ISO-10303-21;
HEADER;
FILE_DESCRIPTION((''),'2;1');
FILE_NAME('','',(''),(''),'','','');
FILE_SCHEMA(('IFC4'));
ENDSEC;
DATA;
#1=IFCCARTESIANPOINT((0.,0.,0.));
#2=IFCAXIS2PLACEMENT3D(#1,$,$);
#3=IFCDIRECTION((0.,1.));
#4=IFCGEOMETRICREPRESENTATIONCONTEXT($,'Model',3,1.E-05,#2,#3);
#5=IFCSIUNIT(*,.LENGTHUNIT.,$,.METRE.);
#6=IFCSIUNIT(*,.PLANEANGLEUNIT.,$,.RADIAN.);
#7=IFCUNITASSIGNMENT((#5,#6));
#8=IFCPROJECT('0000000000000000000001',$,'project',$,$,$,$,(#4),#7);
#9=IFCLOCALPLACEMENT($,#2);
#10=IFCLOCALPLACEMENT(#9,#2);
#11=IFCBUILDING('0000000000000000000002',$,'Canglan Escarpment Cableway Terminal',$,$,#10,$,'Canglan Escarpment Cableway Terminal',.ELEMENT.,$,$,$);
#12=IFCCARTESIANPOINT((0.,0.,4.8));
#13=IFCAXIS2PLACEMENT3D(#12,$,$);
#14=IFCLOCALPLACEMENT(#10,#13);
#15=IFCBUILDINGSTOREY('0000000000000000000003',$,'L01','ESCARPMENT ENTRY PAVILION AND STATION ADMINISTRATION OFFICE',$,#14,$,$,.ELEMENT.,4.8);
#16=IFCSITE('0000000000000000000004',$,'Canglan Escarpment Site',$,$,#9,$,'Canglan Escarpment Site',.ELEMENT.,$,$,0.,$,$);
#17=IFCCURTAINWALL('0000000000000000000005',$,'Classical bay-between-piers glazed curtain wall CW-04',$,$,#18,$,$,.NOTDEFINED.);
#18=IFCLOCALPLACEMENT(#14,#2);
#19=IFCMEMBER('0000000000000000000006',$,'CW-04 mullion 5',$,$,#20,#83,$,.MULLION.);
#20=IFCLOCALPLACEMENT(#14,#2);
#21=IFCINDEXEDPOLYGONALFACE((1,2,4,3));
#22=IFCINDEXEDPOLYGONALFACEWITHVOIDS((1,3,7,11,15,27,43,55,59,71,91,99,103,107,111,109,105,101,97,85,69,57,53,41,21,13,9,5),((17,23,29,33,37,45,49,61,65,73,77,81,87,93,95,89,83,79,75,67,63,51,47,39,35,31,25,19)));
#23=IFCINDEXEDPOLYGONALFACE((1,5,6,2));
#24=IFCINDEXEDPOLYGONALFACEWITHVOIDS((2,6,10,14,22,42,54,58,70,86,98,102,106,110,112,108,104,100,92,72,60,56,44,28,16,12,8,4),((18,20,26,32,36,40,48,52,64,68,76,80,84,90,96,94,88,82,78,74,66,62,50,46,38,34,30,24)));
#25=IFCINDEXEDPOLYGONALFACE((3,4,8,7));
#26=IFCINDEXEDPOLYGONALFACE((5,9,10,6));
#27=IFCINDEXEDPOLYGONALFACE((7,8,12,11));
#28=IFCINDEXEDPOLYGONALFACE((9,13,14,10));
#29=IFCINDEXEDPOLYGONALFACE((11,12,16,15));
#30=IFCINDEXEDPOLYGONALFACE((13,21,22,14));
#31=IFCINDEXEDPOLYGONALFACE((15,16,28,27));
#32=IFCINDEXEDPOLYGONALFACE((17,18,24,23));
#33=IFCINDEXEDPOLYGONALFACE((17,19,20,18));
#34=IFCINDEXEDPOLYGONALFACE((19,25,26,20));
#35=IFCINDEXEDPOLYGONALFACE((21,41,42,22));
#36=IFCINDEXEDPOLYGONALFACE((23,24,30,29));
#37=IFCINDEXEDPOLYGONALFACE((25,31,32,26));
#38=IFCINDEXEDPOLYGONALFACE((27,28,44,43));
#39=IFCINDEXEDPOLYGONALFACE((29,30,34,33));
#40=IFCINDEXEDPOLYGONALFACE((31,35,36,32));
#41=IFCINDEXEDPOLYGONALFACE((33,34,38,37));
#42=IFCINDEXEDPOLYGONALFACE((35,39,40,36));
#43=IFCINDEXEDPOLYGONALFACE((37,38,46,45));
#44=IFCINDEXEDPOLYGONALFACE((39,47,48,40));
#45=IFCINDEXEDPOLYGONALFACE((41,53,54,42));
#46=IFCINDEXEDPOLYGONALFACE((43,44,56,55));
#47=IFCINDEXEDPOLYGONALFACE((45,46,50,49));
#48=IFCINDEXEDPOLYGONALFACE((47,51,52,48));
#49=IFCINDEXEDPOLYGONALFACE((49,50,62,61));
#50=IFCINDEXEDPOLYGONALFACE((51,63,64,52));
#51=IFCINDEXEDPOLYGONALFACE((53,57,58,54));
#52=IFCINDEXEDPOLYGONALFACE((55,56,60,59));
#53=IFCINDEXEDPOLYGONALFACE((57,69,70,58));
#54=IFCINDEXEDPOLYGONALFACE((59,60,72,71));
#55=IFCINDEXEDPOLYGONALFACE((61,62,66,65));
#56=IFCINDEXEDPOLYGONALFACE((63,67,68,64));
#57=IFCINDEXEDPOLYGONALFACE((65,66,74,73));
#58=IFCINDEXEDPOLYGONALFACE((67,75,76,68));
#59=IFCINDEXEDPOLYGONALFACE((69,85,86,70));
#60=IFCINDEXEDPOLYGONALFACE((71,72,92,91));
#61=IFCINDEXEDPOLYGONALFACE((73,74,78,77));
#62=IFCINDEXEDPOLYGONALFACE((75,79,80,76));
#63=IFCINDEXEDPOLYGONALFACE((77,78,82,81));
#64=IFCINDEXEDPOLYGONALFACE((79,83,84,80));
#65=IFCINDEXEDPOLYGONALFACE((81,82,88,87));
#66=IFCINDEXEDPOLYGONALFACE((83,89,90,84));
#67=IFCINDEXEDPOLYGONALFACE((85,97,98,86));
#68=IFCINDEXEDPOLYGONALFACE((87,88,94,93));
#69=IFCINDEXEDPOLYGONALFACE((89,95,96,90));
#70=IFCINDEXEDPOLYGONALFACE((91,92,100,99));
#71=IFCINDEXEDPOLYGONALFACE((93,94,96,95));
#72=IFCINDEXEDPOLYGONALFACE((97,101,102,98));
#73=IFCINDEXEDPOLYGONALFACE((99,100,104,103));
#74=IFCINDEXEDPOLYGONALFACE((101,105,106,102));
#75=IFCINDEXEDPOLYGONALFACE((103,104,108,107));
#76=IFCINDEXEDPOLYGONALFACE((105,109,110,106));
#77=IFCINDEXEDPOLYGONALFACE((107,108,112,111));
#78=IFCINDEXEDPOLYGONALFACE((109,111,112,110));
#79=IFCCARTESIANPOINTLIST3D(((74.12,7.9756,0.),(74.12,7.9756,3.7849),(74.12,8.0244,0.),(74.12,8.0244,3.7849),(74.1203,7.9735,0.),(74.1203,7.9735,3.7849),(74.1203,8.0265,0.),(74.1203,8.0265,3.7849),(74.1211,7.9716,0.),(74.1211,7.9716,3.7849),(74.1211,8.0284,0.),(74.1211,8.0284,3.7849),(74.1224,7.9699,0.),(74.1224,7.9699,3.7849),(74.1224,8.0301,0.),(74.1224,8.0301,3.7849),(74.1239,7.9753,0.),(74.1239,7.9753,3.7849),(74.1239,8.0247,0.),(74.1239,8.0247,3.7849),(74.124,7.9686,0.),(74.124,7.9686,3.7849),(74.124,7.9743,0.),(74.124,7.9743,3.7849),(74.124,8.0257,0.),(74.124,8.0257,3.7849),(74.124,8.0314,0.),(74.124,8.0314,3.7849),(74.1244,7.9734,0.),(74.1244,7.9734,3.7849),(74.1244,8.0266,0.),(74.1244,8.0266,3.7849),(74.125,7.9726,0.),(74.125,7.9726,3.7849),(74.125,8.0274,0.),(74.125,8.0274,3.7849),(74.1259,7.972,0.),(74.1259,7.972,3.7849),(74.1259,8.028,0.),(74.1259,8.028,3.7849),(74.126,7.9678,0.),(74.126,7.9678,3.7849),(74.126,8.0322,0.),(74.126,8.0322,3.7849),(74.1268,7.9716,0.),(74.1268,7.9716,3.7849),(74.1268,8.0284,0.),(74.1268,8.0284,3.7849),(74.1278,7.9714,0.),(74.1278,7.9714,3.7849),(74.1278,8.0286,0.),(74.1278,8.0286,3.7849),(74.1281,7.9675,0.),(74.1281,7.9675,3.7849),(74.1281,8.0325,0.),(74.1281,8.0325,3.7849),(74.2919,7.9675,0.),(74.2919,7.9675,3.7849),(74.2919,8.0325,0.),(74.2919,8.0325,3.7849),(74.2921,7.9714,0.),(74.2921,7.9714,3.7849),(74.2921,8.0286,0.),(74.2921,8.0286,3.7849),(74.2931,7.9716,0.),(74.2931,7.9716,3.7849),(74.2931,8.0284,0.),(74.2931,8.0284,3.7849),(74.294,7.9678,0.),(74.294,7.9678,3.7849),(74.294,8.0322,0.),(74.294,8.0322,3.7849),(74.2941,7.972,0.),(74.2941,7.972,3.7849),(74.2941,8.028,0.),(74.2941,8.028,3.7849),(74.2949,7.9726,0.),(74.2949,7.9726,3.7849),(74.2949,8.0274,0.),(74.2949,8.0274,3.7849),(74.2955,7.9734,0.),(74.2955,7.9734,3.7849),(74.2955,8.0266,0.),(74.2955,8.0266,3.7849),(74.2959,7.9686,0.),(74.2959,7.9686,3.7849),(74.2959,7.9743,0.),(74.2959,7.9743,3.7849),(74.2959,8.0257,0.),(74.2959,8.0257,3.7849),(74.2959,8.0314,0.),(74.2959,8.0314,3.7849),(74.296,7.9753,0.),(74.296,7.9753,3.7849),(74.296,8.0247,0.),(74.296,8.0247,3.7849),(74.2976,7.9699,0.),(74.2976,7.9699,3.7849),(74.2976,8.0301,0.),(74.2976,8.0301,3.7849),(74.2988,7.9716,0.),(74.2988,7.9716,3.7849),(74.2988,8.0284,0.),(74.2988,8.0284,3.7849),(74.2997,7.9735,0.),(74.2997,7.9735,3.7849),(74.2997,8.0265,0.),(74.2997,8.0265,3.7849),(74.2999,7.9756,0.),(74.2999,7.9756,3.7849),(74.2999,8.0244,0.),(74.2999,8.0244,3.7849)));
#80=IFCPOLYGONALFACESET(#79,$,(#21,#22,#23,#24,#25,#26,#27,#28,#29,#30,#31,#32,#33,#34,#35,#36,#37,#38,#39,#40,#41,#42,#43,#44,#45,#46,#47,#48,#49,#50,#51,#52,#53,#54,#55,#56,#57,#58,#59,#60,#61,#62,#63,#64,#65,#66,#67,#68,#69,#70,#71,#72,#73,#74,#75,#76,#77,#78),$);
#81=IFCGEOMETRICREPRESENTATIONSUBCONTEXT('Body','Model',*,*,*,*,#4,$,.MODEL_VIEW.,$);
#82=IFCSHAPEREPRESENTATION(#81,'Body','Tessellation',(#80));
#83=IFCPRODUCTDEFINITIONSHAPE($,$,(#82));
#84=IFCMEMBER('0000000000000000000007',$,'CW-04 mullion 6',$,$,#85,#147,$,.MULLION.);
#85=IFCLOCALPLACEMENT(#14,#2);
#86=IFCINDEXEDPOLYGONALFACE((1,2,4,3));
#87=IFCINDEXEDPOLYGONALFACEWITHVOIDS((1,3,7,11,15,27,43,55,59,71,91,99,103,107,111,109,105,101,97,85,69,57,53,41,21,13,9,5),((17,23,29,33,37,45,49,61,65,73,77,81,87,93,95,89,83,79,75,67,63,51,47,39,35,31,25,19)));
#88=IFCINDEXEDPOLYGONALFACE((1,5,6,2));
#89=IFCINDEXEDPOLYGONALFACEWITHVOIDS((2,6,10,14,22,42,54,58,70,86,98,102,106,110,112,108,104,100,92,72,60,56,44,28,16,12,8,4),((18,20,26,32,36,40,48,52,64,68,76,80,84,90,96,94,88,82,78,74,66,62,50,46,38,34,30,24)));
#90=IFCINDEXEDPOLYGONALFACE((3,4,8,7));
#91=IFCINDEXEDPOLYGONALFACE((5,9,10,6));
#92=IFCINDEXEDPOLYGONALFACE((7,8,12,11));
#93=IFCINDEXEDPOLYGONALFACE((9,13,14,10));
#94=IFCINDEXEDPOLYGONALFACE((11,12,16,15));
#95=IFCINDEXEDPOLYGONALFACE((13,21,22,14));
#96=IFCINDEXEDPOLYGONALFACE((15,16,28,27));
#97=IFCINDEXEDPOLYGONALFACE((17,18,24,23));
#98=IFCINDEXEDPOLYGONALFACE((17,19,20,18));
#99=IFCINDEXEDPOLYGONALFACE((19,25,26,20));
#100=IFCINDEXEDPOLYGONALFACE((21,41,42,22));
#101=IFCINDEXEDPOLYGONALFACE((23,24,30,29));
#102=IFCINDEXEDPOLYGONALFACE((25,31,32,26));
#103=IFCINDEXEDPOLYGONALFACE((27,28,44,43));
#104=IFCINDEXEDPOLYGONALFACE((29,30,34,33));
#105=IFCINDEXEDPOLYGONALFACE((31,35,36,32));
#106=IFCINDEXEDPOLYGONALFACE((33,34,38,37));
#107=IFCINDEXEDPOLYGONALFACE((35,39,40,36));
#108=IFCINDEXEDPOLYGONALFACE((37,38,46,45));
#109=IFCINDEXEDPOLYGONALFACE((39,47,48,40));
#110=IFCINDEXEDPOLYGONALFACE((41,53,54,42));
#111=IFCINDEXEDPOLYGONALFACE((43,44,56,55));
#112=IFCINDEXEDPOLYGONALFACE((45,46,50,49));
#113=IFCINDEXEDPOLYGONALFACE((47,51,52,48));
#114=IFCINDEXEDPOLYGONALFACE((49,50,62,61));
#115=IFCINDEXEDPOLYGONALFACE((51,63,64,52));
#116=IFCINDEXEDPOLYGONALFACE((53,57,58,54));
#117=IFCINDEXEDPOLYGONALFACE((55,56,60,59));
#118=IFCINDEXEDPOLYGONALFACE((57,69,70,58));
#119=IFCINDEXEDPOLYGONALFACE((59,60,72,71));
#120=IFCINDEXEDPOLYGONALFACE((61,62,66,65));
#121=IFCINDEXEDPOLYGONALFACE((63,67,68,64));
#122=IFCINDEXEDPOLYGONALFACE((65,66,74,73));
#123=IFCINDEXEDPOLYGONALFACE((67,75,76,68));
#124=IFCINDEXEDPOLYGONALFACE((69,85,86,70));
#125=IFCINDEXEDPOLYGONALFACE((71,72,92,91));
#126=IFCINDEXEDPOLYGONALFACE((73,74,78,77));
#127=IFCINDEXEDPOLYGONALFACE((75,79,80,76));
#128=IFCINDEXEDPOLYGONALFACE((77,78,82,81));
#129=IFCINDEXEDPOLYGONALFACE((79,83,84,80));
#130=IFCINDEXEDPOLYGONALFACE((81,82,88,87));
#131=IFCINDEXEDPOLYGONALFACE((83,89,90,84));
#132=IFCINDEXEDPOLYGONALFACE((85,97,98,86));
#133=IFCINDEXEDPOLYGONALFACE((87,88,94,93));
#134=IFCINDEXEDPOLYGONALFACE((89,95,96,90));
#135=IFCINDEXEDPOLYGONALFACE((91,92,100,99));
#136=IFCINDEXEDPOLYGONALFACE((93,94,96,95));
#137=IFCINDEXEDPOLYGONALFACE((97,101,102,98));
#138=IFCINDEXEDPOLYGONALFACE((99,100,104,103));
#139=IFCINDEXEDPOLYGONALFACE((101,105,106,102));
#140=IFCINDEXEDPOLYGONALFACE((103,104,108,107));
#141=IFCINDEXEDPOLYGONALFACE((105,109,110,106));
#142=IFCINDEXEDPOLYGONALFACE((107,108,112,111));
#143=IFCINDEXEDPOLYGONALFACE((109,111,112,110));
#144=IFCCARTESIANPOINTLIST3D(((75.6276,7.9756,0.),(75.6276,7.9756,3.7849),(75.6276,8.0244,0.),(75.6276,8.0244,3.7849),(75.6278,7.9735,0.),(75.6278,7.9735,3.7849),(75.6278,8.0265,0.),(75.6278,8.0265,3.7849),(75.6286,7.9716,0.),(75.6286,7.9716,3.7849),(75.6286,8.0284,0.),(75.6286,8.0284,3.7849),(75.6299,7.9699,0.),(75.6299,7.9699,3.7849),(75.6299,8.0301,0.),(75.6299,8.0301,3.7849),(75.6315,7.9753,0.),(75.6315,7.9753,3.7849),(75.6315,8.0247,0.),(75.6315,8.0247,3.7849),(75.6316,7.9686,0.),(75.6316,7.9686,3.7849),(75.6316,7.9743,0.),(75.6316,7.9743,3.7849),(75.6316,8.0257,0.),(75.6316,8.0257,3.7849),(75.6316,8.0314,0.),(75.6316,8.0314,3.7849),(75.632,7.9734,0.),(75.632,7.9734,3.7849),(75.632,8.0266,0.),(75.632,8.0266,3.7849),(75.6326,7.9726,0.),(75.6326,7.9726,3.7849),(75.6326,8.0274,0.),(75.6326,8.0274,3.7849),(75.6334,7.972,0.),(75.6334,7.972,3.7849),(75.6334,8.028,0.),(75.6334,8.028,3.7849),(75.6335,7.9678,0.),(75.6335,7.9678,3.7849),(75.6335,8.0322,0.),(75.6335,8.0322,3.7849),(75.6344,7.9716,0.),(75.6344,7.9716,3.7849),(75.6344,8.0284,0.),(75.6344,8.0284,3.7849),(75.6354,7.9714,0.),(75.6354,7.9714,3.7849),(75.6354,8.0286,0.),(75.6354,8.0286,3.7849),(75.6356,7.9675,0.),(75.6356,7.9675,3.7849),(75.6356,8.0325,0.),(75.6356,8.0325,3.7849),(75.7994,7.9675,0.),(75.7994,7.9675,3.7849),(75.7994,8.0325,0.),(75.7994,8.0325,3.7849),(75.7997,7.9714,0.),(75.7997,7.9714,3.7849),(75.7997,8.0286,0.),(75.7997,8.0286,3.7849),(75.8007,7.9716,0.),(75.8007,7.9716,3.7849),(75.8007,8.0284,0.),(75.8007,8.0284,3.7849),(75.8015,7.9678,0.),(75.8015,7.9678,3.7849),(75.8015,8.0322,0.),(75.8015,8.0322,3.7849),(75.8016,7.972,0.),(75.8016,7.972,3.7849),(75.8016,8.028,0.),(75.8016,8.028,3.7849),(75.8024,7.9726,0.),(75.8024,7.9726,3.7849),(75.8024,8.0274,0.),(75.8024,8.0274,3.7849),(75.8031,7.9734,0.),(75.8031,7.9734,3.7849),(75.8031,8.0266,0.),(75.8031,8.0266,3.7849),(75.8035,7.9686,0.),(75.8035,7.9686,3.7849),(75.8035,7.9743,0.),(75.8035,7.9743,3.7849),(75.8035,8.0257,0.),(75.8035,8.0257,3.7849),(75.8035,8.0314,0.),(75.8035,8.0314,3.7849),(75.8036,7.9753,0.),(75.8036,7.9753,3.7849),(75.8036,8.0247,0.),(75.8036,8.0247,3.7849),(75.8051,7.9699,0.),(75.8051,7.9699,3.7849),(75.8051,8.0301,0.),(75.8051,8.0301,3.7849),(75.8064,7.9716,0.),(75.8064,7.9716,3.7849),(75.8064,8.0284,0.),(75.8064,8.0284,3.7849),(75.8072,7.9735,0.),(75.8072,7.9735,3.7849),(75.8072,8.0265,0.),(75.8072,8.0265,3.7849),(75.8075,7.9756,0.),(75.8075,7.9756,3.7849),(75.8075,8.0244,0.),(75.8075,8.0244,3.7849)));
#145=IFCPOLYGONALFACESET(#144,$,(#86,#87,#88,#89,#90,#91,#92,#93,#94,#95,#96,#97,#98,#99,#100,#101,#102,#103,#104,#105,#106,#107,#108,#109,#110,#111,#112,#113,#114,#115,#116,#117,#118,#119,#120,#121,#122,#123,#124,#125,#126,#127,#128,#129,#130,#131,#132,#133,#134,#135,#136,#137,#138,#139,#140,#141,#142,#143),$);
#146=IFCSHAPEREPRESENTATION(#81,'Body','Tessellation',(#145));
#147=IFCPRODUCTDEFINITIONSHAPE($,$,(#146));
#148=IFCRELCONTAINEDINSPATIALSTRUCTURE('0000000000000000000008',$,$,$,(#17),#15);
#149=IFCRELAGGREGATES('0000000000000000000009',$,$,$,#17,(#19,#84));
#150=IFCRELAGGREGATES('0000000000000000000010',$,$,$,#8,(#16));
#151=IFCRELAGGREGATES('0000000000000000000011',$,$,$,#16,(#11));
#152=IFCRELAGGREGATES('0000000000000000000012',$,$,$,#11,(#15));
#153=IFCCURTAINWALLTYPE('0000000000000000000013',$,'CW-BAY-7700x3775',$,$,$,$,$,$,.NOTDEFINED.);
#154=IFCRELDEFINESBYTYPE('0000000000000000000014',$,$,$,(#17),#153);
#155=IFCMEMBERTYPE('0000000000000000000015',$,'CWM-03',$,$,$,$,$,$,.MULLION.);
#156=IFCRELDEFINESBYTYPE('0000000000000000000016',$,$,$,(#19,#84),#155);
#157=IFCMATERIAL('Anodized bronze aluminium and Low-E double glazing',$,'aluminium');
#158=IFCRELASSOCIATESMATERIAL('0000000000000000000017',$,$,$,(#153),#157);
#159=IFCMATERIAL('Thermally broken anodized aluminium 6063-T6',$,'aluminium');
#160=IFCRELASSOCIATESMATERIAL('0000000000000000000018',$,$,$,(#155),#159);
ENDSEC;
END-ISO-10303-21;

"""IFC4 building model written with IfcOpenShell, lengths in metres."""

from ifc_helpers import new_model, si_unit, direction, frame, origin, origin_2d, place, context, subcontext, project, spatial, hollow_rectangle, extrude, material, material_profile, profile_set, type_object, element, aggregate, save


model = new_model("IFC4")

# Units and contexts
model_context = context("Model", 3, precision=1e-05, world=origin(), true_north=direction((0.0, 1.0)))
body_context = subcontext(model_context, "Body", "Model", "MODEL_VIEW")
ifc_project = project(units=[si_unit("LENGTHUNIT", "METRE"), si_unit("PLANEANGLEUNIT", "RADIAN")], contexts=[model_context])

# Site, building, storey
site_placement = place(None, origin())
site = spatial("IfcSite", under=ifc_project, at=site_placement, Name="Canglan Escarpment Site", LongName="Canglan Escarpment Site", CompositionType="ELEMENT", RefElevation=0.0)
building_placement = place(site_placement, origin())
building = spatial("IfcBuilding", under=site, at=building_placement, Name="Canglan Escarpment Cableway Terminal", LongName="Canglan Escarpment Cableway Terminal", CompositionType="ELEMENT")
storey_placement = place(building_placement, frame((0.0, 0.0, 4.8)))
storey = spatial("IfcBuildingStorey", under=building, at=storey_placement, Name="L01", Description="ESCARPMENT ENTRY PAVILION AND STATION ADMINISTRATION OFFICE", CompositionType="ELEMENT", Elevation=4.8)

# Curtain wall, members
ifc_material_1 = material(Name="Anodized bronze aluminium and Low-E double glazing", Category="aluminium")
curtain_wall_type = type_object("IfcCurtainWallType", Name="CW-BAY-7700x3775", PredefinedType="NOTDEFINED", material=ifc_material_1)
curtain_wall_placement = place(storey_placement, origin())
curtain_wall = element("IfcCurtainWall", 1, at=curtain_wall_placement, inside=storey, type_object=curtain_wall_type, Name="Classical bay-between-piers glazed curtain wall CW-04", PredefinedType="NOTDEFINED")
ifc_material_2 = material(Name="Thermally broken anodized aluminium 6063-T6", Category="aluminium")
ifc_material_profile_1 = material_profile(ifc_material_2, hollow_rectangle(XDim=0.0649, YDim=0.1799, WallThickness=0.0039, InnerFilletRadius=0.0039, OuterFilletRadius=0.0081, at=origin_2d()), Name="ALU-MULL 65x180x4")
ifc_profile_set_1 = profile_set([ifc_material_profile_1], Name="Thermally broken anodized aluminium 6063-T6")
member_type_1 = type_object("IfcMemberType", Name="CWM-03", PredefinedType="MULLION", material=ifc_profile_set_1)
member_1_placement = place(storey_placement, frame((74.21, 8.0, 0.0), z_axis=(0.0, 0.0, 1.0), x_axis=(0.0, 1.0, 0.0)))
member_1 = element("IfcMember", 2, at=member_1_placement, type_object=member_type_1, Name="CW-04 mullion 5", PredefinedType="MULLION", context=body_context, shape_type="SweptSolid", body=[
    extrude(hollow_rectangle(XDim=0.0649, YDim=0.1799, WallThickness=0.0039, InnerFilletRadius=0.0039, OuterFilletRadius=0.0081, at=origin_2d()), origin(), (0.0, 0.0, 1.0), 3.7849),
])
member_2_placement = place(storey_placement, frame((75.7175, 8.0, 0.0), z_axis=(0.0, 0.0, 1.0), x_axis=(0.0, 1.0, 0.0)))
member_2 = element("IfcMember", 3, at=member_2_placement, type_object=member_type_1, Name="CW-04 mullion 6", PredefinedType="MULLION", context=body_context, shape_type="SweptSolid", body=[
    extrude(hollow_rectangle(XDim=0.0649, YDim=0.1799, WallThickness=0.0039, InnerFilletRadius=0.0039, OuterFilletRadius=0.0081, at=origin_2d()), origin(), (0.0, 0.0, 1.0), 3.7849),
])

aggregate(curtain_wall, [member_1, member_2])

save(model, "model.ifc")
